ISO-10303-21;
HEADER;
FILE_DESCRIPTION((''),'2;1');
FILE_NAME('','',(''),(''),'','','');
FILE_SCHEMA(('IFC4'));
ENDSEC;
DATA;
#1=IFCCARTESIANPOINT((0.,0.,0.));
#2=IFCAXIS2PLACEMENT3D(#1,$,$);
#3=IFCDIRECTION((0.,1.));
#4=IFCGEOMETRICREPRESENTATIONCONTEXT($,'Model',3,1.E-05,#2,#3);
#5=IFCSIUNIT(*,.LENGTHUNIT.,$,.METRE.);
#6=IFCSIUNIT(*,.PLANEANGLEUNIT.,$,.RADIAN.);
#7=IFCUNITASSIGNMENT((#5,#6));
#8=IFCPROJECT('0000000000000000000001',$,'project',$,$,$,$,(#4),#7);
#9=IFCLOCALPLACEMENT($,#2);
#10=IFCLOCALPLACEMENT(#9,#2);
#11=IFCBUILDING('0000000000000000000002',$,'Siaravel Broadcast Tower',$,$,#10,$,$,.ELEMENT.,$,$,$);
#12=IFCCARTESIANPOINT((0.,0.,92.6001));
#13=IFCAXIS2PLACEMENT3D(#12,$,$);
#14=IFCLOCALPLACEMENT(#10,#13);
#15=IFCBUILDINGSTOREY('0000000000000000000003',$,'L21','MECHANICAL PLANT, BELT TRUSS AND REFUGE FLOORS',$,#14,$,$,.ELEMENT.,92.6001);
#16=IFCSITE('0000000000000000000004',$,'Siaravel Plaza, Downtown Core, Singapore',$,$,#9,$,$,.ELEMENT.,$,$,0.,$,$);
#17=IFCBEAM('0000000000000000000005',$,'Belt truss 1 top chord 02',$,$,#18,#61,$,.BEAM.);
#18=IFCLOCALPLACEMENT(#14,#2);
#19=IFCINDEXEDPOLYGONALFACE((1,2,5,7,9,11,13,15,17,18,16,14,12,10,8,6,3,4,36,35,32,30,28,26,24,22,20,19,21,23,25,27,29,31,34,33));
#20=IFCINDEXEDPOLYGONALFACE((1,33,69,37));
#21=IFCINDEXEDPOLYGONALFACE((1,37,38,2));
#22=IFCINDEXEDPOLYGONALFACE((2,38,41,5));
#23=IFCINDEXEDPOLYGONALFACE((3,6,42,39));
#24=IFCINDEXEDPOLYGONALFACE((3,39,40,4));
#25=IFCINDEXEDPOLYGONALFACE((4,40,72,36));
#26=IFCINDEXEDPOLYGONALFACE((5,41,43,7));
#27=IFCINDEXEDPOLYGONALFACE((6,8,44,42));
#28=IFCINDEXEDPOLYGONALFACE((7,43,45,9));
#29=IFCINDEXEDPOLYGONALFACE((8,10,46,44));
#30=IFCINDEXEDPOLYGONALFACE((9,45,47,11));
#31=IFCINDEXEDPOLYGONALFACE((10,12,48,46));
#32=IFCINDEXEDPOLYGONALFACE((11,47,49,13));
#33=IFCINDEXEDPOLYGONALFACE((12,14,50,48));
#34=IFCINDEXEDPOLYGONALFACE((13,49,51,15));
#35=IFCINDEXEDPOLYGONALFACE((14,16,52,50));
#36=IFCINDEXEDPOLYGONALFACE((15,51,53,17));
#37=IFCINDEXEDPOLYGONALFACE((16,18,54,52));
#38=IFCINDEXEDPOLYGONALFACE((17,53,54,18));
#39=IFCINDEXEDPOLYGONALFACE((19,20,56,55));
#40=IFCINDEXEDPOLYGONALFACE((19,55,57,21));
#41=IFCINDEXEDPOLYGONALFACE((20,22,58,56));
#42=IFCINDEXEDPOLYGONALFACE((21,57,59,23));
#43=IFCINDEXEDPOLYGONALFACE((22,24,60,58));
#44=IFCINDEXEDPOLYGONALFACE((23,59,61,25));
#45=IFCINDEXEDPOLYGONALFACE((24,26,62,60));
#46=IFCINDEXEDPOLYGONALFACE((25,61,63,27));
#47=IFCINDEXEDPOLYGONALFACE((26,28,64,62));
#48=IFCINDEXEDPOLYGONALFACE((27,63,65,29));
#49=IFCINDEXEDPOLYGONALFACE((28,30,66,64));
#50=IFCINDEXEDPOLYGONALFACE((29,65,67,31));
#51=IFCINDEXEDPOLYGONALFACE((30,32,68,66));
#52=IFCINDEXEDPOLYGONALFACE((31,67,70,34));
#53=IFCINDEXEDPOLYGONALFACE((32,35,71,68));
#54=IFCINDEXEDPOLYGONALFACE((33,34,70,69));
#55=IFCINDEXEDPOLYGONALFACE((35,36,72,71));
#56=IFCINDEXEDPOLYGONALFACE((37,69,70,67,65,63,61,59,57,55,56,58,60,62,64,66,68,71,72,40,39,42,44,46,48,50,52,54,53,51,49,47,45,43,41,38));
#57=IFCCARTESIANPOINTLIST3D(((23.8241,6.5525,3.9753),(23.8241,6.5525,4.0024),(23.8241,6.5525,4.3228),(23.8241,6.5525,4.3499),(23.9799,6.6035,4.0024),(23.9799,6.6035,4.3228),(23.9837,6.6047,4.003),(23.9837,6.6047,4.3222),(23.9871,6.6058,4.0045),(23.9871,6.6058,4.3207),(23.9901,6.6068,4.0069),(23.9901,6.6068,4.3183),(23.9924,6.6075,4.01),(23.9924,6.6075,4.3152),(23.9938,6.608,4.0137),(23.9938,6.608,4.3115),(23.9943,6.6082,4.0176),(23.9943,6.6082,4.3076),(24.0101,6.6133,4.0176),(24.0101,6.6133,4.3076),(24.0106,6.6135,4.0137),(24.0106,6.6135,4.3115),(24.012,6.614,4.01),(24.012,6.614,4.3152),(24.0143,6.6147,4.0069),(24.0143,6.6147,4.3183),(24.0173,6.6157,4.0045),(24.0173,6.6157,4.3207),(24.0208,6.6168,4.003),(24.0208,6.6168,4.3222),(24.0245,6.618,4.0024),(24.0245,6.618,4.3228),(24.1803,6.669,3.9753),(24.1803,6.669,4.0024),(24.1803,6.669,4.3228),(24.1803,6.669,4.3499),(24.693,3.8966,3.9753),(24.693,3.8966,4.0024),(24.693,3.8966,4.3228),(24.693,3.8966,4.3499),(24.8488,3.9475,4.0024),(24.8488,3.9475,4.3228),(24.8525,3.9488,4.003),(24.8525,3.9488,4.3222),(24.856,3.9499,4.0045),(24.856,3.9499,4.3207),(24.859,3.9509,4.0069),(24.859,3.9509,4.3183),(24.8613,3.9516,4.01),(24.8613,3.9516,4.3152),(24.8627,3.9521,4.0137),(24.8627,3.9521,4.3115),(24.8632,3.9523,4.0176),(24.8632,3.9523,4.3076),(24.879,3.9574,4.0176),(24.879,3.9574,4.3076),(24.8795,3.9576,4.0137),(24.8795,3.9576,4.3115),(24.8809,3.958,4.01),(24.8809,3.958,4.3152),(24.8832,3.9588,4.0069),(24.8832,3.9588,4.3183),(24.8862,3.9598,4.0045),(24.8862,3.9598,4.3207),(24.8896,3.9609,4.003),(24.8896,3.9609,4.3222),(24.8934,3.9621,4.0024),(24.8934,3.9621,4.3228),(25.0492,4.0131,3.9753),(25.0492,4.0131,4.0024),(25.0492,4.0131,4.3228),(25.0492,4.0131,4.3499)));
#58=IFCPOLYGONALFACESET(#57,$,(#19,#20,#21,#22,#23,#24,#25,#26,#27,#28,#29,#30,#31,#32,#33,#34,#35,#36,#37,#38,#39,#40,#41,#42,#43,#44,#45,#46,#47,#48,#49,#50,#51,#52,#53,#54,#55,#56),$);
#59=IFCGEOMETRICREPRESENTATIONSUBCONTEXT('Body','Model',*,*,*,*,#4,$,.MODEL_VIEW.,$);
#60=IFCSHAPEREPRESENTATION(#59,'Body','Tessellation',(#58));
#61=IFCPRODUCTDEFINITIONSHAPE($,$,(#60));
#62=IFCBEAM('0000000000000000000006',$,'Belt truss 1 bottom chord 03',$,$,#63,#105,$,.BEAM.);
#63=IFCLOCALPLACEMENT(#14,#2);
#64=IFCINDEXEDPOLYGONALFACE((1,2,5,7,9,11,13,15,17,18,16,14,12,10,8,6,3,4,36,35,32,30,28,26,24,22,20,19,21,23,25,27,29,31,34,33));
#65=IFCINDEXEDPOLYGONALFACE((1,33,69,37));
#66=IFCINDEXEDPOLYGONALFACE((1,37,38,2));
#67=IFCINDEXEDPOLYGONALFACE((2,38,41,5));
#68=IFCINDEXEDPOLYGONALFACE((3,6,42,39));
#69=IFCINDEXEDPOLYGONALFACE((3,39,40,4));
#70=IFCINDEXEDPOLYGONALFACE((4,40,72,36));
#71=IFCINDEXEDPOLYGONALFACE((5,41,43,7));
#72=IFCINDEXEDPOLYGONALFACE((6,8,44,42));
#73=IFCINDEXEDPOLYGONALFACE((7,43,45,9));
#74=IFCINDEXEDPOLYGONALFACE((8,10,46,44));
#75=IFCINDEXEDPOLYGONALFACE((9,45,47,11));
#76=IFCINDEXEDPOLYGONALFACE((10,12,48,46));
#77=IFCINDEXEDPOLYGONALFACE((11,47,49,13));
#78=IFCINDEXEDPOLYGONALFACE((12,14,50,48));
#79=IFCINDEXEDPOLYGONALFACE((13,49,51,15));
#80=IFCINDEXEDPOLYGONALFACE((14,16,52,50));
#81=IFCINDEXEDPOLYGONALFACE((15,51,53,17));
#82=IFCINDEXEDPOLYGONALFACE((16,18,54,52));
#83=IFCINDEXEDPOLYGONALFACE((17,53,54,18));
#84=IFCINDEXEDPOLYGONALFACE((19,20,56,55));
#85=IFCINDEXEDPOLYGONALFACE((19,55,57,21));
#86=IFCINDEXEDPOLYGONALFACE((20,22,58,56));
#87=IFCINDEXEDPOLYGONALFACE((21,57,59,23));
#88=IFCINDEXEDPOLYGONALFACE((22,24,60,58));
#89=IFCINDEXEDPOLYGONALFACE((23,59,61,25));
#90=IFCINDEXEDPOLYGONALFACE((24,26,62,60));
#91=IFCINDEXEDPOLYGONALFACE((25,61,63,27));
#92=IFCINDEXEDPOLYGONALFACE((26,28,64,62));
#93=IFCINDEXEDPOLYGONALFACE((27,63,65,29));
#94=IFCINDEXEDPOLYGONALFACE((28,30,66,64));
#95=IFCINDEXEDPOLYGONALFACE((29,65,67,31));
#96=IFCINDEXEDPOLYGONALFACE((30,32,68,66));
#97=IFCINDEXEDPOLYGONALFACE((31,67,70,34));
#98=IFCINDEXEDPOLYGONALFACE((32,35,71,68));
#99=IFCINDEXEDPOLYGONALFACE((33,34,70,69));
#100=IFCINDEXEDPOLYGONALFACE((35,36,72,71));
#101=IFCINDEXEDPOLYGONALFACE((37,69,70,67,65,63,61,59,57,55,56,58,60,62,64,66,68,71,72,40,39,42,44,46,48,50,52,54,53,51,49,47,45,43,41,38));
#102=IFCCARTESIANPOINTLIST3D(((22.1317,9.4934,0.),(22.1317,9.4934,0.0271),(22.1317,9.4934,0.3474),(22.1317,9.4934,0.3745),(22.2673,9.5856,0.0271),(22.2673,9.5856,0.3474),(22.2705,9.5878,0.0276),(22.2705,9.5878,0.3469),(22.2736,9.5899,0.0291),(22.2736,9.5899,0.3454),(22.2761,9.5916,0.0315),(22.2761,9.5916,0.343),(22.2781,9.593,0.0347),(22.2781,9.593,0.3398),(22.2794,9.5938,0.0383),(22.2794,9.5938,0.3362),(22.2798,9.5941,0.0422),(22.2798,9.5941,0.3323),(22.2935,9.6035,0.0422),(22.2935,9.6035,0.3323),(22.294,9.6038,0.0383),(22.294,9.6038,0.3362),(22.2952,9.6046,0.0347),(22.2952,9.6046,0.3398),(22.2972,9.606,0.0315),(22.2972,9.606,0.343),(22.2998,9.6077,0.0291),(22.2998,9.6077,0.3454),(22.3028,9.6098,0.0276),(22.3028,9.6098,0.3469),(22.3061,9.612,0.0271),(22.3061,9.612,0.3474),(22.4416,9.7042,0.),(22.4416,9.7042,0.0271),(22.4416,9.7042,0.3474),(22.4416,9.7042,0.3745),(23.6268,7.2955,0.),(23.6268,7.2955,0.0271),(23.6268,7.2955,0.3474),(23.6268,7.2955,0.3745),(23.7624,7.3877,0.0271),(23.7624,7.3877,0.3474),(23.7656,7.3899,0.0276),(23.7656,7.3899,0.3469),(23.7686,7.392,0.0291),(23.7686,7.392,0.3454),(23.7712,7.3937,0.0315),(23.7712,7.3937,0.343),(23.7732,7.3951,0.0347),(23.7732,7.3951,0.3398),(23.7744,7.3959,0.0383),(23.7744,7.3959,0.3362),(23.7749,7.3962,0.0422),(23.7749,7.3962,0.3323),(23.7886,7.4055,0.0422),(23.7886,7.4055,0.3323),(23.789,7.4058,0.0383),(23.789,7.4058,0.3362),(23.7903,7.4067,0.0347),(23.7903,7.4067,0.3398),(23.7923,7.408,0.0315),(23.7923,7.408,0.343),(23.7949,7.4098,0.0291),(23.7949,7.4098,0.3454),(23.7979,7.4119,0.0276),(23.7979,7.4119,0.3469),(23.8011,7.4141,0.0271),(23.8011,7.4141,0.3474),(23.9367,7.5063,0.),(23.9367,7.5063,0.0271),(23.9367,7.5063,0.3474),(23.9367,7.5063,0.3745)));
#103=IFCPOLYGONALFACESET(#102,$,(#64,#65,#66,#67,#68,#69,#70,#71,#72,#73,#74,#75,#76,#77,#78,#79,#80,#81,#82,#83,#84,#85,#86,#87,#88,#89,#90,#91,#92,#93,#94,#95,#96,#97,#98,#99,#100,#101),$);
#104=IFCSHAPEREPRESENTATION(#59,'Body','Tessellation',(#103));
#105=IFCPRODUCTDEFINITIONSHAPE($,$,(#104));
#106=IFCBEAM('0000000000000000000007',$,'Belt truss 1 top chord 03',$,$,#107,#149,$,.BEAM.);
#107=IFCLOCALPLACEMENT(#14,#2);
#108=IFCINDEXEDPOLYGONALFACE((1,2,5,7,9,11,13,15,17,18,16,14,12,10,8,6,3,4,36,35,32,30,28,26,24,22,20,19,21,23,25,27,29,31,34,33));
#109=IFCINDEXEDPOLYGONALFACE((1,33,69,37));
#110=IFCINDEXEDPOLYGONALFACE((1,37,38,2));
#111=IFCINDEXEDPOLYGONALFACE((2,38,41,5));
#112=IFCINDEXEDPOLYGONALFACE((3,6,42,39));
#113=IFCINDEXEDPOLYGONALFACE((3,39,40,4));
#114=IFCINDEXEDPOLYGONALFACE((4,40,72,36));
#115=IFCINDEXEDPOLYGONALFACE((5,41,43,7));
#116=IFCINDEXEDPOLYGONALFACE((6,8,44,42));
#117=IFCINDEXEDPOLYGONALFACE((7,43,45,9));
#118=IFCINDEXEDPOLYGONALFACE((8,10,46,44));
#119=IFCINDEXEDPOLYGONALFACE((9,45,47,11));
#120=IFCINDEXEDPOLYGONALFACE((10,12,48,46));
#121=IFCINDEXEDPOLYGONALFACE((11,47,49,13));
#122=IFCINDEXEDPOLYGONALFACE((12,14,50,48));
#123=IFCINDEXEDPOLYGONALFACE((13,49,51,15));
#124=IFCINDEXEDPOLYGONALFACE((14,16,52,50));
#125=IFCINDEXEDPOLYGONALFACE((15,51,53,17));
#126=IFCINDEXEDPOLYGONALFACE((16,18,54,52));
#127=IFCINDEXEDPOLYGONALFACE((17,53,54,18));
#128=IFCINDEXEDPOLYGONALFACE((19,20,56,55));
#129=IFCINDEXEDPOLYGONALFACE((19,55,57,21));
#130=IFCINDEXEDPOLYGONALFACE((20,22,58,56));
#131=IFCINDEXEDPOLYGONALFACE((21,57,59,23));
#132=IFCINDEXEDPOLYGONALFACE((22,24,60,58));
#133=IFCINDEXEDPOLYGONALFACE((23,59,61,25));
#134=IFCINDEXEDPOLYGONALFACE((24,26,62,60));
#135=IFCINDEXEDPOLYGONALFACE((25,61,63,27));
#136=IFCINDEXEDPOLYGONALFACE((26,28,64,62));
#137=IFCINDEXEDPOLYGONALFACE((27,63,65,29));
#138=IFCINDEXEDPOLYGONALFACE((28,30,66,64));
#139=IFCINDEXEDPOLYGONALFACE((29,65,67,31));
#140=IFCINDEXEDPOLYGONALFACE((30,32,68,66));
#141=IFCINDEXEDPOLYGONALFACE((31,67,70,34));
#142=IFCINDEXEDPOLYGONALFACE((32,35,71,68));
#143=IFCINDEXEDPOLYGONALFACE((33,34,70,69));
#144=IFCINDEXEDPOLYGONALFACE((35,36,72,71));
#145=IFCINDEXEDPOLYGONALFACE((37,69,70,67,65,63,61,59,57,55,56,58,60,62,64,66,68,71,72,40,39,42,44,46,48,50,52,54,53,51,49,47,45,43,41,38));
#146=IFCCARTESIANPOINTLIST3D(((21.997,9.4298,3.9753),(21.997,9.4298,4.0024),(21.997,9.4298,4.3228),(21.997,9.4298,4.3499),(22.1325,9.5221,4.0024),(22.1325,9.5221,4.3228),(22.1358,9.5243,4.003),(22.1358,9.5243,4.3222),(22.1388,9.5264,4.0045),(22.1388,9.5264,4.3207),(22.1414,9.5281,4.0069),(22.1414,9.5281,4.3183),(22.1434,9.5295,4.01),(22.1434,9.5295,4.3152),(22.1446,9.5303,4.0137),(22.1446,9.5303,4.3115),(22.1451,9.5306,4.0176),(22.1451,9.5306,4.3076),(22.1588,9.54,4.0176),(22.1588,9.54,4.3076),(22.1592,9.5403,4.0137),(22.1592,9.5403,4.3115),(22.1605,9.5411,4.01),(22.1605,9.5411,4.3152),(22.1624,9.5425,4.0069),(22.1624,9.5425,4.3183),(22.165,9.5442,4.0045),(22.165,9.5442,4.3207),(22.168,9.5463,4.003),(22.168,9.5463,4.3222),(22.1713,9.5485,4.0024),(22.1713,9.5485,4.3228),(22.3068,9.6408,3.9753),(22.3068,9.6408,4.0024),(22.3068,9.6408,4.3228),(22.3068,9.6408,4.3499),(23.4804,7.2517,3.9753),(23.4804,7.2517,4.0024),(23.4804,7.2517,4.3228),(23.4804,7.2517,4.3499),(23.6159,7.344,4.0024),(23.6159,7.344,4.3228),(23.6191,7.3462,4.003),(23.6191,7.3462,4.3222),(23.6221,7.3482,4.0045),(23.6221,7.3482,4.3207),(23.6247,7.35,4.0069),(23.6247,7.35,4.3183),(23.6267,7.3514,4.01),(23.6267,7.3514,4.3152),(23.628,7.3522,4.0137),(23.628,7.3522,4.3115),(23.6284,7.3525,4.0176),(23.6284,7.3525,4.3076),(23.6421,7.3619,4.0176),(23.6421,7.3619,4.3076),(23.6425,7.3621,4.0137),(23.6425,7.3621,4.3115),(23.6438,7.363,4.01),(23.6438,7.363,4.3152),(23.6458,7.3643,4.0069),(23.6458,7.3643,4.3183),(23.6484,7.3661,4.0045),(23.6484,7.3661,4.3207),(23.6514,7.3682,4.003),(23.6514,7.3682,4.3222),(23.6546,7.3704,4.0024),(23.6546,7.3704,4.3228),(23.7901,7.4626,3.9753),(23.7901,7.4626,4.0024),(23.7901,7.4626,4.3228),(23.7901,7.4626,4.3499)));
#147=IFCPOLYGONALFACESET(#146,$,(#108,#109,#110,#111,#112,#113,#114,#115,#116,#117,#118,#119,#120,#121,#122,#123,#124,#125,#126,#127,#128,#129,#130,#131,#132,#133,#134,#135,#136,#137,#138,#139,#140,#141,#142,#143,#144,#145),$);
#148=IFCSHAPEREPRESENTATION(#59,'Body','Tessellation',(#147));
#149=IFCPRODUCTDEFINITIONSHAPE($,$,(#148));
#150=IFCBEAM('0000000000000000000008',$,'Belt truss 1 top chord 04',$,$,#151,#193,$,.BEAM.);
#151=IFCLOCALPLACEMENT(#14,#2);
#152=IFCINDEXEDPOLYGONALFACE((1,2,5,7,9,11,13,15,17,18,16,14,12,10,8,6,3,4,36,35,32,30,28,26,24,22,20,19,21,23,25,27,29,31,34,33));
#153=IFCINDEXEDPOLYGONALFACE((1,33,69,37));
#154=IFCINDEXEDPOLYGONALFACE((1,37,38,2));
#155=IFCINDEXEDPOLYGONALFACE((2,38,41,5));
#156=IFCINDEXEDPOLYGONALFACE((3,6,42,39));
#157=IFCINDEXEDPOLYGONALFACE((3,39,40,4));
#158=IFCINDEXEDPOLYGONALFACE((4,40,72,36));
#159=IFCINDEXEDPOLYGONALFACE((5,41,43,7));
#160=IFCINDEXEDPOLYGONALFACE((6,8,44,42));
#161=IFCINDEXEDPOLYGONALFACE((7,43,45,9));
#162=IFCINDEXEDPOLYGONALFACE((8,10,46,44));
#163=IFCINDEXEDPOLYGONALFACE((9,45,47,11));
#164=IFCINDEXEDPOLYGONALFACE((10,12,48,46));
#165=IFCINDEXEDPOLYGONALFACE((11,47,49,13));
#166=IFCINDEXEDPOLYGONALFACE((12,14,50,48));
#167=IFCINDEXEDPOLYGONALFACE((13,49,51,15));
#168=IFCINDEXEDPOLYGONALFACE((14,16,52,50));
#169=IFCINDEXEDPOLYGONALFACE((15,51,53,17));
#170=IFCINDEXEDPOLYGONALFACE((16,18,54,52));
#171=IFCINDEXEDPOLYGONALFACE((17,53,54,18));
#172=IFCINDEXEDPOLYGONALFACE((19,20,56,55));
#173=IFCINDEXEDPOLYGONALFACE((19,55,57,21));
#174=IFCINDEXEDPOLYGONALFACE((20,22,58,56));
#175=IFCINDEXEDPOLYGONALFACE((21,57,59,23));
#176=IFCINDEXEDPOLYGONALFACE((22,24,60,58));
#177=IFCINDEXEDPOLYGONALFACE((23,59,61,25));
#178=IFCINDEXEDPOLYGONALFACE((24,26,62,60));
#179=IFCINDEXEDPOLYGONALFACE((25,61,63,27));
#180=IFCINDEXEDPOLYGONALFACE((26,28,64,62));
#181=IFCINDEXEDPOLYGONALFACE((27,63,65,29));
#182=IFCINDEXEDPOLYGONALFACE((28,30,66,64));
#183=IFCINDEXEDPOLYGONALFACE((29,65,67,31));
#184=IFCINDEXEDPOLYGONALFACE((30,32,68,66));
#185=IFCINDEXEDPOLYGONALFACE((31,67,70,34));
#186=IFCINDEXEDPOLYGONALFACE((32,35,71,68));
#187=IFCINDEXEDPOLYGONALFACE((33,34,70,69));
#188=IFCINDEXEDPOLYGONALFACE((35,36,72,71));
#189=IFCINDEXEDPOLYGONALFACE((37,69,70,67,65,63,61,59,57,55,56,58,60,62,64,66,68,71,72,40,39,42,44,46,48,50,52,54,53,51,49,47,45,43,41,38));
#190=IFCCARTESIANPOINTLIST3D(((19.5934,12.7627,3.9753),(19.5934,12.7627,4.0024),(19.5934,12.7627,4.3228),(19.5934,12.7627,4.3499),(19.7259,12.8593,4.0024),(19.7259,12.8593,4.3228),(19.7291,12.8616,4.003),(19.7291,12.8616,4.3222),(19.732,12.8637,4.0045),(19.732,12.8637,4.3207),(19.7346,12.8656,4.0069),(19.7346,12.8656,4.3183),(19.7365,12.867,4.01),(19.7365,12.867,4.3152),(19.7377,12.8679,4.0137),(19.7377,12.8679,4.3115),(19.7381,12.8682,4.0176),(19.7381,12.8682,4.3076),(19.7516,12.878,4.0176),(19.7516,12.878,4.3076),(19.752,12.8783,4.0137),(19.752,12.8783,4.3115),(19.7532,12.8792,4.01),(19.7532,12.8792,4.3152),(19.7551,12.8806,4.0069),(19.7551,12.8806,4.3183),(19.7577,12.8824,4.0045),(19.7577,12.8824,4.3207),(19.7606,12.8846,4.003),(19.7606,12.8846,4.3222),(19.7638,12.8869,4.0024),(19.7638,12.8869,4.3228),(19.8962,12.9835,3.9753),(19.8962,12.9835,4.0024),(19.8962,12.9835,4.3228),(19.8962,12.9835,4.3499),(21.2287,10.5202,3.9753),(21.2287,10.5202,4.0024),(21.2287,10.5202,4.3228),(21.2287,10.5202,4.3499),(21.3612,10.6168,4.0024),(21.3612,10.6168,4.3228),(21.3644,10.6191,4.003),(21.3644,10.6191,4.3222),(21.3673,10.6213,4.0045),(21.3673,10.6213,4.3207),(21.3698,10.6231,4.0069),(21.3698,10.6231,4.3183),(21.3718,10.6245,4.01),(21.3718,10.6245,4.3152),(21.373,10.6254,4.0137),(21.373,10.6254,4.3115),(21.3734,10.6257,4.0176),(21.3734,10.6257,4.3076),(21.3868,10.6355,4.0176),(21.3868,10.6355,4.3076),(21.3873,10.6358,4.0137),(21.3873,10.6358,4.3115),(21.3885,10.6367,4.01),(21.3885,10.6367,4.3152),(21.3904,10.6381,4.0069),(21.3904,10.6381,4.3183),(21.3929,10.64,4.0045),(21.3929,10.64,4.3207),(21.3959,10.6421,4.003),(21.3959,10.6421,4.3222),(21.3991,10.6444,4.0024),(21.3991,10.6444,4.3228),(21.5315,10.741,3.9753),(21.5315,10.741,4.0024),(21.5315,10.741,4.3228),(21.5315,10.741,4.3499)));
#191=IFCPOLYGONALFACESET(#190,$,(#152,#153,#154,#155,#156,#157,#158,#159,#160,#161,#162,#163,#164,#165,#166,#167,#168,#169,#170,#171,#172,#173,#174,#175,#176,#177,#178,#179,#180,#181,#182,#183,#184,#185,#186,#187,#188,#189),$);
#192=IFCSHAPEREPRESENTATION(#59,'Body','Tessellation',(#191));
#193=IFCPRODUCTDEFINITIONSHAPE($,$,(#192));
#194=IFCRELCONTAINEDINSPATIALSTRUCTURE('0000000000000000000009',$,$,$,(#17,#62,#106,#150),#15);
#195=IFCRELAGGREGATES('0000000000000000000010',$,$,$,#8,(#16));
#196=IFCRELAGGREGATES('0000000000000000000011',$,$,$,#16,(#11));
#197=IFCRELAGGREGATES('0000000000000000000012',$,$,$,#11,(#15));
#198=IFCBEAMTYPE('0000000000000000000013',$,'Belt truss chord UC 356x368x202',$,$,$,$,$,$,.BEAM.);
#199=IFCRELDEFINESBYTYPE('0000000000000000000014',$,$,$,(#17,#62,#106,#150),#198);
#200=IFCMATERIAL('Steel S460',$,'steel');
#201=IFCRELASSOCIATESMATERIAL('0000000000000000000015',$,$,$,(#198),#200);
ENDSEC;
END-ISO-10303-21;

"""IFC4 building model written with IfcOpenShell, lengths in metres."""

from ifc_helpers import new_model, si_unit, direction, frame, origin, origin_2d, place, context, subcontext, project, spatial, i_section, extrude, material, material_profile, profile_set, type_object, element, save


model = new_model("IFC4")

# Units and contexts
model_context = context("Model", 3, precision=1e-05, world=origin(), true_north=direction((0.0, 1.0)))
body_context = subcontext(model_context, "Body", "Model", "MODEL_VIEW")
ifc_project = project(units=[si_unit("LENGTHUNIT", "METRE"), si_unit("PLANEANGLEUNIT", "RADIAN")], contexts=[model_context])

# Site, building, storey
site_placement = place(None, origin())
site = spatial("IfcSite", under=ifc_project, at=site_placement, Name="Siaravel Plaza, Downtown Core, Singapore", CompositionType="ELEMENT", RefElevation=0.0)
building_placement = place(site_placement, origin())
building = spatial("IfcBuilding", under=site, at=building_placement, Name="Siaravel Broadcast Tower", CompositionType="ELEMENT")
storey_placement = place(building_placement, frame((0.0, 0.0, 92.6001)))
storey = spatial("IfcBuildingStorey", under=building, at=storey_placement, Name="L21", Description="MECHANICAL PLANT, BELT TRUSS AND REFUGE FLOORS", CompositionType="ELEMENT", Elevation=92.6001)

# Beams
ifc_material_1 = material(Name="Steel S460", Category="steel")
ifc_material_profile_1 = material_profile(ifc_material_1, i_section(OverallWidth=0.3748, OverallDepth=0.3745, WebThickness=0.0166, FlangeThickness=0.0271, FilletRadius=0.0151, at=origin_2d()))
ifc_profile_set_1 = profile_set([ifc_material_profile_1], Name="Steel S460")
beam_type_1 = type_object("IfcBeamType", Name="Belt truss chord UC 356x368x202", PredefinedType="BEAM", material=ifc_profile_set_1)
beam_1_placement = place(storey_placement, frame((24.8711, 3.9548, 4.1626), z_axis=(-0.310929, 0.950433, 0.0), x_axis=(-0.950433, -0.310929, 0.0)))
element("IfcBeam", 1, at=beam_1_placement, inside=storey, type_object=beam_type_1, Name="Belt truss 1 top chord 02", PredefinedType="BEAM", context=body_context, shape_type="SweptSolid", body=[
    extrude(i_section(OverallWidth=0.3748, OverallDepth=0.3745, WebThickness=0.0166, FlangeThickness=0.0271, FilletRadius=0.0151, at=origin_2d()), origin(), (0.0, 0.0, 1.0), 2.7944),
])
beam_2_placement = place(storey_placement, frame((23.7817, 7.4009, 0.1873), z_axis=(-0.562433, 0.826843, 0.0), x_axis=(-0.826843, -0.562433, 0.0)))
element("IfcBeam", 2, at=beam_2_placement, inside=storey, type_object=beam_type_1, Name="Belt truss 1 bottom chord 03", PredefinedType="BEAM", context=body_context, shape_type="SweptSolid", body=[
    extrude(i_section(OverallWidth=0.3748, OverallDepth=0.3745, WebThickness=0.0166, FlangeThickness=0.0271, FilletRadius=0.0151, at=origin_2d()), origin(), (0.0, 0.0, 1.0), 2.6582),
])
beam_3_placement = place(storey_placement, frame((23.6353, 7.3572, 4.1626), z_axis=(-0.562883, 0.826537, 0.0), x_axis=(-0.826537, -0.562883, 0.0)))
element("IfcBeam", 3, at=beam_3_placement, inside=storey, type_object=beam_type_1, Name="Belt truss 1 top chord 03", PredefinedType="BEAM", context=body_context, shape_type="SweptSolid", body=[
    extrude(i_section(OverallWidth=0.3748, OverallDepth=0.3745, WebThickness=0.0166, FlangeThickness=0.0271, FilletRadius=0.0151, at=origin_2d()), origin(), (0.0, 0.0, 1.0), 2.6353),
])
beam_4_placement = place(storey_placement, frame((21.3801, 10.6306, 4.1626), z_axis=(-0.589207, 0.807982, 0.0), x_axis=(-0.807982, -0.589207, 0.0)))
element("IfcBeam", 4, at=beam_4_placement, inside=storey, type_object=beam_type_1, Name="Belt truss 1 top chord 04", PredefinedType="BEAM", context=body_context, shape_type="SweptSolid", body=[
    extrude(i_section(OverallWidth=0.3748, OverallDepth=0.3745, WebThickness=0.0166, FlangeThickness=0.0271, FilletRadius=0.0151, at=origin_2d()), origin(), (0.0, 0.0, 1.0), 2.7754),
])

save(model, "model.ifc")
